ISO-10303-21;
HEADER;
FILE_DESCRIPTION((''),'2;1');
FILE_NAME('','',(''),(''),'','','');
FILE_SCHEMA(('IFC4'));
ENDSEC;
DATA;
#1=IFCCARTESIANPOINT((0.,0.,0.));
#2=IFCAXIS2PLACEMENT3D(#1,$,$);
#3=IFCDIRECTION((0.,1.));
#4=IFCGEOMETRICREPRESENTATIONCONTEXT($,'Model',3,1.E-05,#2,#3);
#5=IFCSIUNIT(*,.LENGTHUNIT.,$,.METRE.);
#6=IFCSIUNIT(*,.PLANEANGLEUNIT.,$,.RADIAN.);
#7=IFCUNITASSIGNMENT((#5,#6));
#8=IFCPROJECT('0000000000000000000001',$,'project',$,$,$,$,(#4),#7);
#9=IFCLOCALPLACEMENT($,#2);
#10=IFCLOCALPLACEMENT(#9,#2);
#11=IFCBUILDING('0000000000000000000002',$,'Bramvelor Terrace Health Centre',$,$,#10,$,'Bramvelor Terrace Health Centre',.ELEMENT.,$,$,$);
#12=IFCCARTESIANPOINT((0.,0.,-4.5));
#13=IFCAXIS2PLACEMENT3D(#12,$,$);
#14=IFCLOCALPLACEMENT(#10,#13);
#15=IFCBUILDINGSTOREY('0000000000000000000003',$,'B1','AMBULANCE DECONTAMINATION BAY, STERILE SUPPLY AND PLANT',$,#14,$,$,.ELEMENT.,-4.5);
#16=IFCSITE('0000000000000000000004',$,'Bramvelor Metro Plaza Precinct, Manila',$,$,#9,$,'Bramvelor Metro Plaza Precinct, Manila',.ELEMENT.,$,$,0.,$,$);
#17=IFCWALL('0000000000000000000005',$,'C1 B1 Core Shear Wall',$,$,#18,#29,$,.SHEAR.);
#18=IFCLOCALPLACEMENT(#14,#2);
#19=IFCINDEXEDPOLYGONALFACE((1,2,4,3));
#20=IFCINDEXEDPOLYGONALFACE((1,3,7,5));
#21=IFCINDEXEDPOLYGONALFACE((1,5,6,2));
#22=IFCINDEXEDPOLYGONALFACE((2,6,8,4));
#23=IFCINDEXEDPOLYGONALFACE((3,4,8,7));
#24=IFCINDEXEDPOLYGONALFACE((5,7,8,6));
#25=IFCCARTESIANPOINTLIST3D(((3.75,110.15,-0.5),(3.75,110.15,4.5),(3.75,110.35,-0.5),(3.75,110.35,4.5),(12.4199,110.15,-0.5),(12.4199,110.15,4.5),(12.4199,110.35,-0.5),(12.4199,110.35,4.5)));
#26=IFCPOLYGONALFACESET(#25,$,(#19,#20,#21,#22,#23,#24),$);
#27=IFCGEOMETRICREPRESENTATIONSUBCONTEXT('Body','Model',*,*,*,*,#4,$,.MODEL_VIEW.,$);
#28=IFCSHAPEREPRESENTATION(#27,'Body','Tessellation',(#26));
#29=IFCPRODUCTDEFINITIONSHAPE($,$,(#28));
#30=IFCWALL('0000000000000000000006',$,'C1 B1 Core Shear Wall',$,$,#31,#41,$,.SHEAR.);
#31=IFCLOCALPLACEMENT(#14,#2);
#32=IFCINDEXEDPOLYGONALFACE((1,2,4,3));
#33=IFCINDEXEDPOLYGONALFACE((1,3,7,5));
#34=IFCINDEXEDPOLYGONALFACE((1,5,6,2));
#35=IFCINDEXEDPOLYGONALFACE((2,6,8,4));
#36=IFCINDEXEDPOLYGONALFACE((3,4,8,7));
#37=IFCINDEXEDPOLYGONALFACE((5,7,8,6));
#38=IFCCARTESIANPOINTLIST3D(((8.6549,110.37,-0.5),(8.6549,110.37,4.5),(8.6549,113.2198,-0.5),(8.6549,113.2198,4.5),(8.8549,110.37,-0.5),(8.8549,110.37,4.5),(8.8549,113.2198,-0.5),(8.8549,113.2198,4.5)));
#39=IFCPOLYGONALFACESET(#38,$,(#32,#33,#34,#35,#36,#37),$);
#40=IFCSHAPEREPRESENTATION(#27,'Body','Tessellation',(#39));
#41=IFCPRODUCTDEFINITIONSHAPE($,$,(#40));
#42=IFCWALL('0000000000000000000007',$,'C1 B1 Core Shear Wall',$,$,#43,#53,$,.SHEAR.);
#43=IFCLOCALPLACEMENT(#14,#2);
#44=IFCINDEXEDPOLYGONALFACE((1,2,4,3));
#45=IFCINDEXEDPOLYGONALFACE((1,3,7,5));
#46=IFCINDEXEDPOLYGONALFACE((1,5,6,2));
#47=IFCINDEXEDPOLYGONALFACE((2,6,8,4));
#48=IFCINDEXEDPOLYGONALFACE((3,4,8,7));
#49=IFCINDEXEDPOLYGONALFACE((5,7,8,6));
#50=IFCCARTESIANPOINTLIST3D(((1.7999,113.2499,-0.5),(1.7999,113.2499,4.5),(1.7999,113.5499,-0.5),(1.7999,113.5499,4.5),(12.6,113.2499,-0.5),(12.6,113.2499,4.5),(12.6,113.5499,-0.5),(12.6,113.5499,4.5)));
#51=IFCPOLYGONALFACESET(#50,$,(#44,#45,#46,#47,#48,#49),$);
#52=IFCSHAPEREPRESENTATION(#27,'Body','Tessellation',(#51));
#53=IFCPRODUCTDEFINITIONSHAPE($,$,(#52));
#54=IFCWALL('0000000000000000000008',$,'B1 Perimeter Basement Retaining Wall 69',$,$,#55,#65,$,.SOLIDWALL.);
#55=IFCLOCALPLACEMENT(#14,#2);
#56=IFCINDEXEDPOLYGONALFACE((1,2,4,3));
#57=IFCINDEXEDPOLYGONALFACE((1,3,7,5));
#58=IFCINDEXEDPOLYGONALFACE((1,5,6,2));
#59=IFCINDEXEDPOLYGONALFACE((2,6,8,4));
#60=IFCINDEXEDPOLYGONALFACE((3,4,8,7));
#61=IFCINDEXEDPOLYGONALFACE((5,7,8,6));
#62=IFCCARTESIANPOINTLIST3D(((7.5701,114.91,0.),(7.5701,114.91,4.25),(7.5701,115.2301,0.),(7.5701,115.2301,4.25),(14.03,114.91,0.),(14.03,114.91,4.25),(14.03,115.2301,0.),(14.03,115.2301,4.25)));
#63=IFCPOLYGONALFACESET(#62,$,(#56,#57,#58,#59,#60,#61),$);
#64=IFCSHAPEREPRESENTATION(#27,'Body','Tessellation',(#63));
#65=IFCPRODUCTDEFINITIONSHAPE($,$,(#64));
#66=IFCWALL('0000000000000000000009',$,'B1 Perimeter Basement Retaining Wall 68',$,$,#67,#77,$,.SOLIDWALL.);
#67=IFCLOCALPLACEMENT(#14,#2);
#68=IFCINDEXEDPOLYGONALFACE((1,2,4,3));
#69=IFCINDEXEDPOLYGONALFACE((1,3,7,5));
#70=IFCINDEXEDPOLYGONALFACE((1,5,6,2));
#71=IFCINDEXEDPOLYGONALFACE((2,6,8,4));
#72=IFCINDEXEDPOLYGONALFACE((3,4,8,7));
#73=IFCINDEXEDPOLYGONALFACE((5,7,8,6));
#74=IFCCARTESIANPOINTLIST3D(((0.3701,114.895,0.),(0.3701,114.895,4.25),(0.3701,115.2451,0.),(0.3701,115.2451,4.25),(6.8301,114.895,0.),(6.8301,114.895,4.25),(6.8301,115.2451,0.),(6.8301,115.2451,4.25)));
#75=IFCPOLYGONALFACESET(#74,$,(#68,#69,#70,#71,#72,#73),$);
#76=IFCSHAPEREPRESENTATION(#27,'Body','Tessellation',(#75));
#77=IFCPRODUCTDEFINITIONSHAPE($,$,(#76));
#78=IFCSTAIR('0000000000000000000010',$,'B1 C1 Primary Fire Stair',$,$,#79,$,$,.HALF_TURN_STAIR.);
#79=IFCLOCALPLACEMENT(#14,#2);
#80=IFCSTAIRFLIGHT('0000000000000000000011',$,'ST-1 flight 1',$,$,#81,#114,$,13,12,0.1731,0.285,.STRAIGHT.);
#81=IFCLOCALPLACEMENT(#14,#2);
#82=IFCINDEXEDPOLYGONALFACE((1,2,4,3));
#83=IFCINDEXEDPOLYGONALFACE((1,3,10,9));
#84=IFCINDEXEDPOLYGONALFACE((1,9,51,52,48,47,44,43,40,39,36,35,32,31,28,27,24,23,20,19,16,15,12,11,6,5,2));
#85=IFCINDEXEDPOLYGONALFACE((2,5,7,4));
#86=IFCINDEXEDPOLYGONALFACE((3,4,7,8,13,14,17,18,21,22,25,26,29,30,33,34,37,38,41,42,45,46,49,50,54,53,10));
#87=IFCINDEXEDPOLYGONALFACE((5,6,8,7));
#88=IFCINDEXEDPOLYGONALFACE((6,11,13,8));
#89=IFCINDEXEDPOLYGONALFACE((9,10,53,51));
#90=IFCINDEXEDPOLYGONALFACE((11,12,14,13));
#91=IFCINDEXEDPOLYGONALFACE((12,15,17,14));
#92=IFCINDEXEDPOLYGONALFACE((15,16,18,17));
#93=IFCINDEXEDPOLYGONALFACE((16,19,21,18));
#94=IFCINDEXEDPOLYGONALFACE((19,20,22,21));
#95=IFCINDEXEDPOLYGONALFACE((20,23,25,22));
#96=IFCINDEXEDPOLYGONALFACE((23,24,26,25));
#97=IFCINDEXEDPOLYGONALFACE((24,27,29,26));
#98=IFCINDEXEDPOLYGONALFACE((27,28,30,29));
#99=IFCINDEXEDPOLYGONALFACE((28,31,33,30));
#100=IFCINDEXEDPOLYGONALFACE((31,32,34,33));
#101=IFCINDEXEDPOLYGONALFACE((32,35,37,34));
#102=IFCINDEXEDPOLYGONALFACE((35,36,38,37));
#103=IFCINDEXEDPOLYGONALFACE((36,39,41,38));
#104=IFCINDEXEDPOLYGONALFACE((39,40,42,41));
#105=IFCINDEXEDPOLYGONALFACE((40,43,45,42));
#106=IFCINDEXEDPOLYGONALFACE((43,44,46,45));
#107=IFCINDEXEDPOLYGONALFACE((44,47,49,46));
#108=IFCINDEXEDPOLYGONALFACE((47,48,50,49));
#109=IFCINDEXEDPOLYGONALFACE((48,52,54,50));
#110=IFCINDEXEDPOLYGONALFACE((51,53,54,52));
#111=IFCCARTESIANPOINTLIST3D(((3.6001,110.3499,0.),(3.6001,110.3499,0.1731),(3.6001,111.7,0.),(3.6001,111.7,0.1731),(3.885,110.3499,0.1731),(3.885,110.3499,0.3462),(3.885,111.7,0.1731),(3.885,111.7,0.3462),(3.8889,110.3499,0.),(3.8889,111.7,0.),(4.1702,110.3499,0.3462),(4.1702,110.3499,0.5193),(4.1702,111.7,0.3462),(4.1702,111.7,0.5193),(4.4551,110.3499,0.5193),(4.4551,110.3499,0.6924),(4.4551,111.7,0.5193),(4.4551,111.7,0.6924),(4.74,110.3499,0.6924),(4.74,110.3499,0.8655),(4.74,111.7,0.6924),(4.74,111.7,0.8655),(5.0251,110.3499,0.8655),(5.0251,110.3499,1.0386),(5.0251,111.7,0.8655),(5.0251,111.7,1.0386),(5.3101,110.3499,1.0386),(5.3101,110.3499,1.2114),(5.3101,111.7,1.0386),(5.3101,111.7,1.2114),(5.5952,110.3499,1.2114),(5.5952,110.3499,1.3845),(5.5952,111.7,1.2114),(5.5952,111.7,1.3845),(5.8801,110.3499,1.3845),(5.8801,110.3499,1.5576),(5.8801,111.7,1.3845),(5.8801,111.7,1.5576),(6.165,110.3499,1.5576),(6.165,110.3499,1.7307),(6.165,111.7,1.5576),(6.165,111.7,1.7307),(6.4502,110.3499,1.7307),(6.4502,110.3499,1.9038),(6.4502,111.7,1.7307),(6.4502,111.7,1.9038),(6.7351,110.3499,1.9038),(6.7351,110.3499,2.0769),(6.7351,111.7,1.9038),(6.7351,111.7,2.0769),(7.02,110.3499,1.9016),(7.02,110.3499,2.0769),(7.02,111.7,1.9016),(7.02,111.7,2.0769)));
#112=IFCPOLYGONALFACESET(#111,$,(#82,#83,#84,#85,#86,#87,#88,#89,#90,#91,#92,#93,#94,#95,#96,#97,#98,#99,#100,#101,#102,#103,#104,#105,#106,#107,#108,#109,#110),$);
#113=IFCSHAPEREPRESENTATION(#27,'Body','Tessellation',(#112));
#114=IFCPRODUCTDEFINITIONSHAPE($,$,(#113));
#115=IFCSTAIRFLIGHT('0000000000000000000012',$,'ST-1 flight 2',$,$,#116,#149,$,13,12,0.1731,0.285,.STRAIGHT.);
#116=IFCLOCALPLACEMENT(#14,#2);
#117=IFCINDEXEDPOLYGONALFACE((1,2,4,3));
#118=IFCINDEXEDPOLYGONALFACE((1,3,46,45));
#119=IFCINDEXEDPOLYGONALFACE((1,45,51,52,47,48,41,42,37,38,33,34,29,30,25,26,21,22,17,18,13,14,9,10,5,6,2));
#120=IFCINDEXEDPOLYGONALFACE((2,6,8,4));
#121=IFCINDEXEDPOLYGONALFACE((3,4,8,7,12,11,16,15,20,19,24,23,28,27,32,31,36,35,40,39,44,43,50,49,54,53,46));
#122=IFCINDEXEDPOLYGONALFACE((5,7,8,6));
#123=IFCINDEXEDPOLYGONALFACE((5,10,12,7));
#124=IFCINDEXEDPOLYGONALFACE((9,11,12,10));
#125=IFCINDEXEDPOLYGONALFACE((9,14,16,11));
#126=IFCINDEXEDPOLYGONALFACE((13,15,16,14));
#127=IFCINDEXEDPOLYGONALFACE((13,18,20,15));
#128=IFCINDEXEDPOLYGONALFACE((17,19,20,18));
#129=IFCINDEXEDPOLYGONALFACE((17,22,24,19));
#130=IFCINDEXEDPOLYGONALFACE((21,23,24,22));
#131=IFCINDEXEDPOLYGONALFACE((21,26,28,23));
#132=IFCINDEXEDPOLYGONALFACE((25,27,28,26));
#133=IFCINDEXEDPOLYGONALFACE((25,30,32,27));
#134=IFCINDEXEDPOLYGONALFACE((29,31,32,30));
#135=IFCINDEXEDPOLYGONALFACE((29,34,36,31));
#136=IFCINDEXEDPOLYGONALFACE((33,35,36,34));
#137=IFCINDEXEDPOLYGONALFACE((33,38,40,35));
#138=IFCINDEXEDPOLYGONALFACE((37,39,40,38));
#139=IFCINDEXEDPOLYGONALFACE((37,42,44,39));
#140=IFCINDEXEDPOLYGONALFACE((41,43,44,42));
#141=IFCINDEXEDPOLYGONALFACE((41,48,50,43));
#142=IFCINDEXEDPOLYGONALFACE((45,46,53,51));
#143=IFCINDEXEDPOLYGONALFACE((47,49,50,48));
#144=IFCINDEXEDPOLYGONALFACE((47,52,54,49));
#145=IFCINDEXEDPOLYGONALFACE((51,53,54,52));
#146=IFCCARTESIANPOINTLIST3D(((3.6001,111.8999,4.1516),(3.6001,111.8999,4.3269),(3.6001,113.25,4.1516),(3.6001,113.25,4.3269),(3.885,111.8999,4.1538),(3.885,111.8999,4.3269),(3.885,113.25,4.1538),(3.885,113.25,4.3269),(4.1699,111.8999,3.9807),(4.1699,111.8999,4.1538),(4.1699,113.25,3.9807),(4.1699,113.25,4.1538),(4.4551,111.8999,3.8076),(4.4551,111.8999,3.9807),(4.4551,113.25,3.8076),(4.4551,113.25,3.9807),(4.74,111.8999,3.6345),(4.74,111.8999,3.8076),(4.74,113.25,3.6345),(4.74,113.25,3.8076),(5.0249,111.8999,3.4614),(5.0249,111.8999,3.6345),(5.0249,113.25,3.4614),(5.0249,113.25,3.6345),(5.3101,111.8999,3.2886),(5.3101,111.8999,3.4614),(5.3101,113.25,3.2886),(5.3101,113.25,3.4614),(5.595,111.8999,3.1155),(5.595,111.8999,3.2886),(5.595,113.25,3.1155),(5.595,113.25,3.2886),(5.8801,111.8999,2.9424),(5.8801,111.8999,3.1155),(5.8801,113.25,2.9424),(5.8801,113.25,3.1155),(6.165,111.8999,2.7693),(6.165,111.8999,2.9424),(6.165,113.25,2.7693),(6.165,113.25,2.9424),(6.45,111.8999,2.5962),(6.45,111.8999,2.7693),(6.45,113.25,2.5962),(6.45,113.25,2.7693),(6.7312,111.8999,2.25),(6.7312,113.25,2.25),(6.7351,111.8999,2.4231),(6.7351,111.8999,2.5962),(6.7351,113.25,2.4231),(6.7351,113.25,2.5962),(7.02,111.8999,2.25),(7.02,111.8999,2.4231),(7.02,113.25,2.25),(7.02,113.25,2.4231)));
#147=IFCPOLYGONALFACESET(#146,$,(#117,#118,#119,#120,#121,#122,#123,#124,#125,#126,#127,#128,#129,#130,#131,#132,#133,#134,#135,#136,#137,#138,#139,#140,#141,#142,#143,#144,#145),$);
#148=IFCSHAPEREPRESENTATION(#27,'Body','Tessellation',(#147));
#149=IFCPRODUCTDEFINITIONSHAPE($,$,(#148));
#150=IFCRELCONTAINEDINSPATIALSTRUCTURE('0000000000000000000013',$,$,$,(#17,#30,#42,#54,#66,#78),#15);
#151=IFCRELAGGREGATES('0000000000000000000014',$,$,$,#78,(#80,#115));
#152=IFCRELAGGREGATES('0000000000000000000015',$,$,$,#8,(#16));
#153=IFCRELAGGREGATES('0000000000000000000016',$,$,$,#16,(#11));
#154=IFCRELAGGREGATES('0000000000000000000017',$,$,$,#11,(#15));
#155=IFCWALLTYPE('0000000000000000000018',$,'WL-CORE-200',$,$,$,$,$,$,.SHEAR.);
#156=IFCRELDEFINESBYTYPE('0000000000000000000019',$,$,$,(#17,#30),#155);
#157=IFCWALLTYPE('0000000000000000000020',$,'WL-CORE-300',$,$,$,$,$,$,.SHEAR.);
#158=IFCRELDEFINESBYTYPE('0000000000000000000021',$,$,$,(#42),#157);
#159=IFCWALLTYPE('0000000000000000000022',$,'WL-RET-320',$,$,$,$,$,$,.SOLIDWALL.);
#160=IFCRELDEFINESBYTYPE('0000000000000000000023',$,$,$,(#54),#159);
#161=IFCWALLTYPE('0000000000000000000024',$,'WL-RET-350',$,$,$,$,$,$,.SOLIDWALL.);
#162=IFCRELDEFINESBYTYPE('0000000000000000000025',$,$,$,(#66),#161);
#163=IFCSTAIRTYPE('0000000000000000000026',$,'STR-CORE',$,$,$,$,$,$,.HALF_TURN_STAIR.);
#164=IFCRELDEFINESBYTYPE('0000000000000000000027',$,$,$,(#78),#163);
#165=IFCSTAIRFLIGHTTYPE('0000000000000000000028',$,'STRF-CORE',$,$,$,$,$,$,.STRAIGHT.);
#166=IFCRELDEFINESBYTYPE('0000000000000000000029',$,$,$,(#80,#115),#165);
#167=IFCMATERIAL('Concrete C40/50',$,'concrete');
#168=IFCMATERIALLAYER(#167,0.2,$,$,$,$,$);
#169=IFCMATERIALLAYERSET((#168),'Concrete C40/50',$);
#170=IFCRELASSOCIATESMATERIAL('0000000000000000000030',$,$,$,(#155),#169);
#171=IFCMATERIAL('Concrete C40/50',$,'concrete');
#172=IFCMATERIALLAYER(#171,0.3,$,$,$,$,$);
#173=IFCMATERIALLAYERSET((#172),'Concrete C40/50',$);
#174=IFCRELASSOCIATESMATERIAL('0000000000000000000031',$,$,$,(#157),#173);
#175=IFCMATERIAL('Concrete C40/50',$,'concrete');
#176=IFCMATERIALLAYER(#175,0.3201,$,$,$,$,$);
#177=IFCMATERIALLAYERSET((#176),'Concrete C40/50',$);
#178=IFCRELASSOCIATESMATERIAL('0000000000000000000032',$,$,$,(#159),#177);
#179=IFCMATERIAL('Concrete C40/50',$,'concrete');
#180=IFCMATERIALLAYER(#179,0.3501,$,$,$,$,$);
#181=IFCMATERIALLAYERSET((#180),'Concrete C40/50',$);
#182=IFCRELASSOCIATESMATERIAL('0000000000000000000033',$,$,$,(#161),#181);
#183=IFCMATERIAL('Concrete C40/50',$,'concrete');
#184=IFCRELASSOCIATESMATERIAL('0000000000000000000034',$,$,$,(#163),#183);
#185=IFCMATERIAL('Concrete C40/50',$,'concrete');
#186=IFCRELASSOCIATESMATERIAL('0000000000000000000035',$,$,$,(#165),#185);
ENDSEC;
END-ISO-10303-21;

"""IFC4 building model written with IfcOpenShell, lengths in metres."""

from ifc_helpers import new_model, si_unit, direction, frame, frame_2d, origin, place, context, subcontext, project, spatial, polyline, rectangle, outline, extrude, material, layer, layer_set, type_object, element, aggregate, save


model = new_model("IFC4")

# Units and contexts
model_context = context("Model", 3, precision=1e-05, world=origin(), true_north=direction((0.0, 1.0)))
body_context = subcontext(model_context, "Body", "Model", "MODEL_VIEW")
ifc_project = project(units=[si_unit("LENGTHUNIT", "METRE"), si_unit("PLANEANGLEUNIT", "RADIAN")], contexts=[model_context])

# Site, building, storey
site_placement = place(None, origin())
site = spatial("IfcSite", under=ifc_project, at=site_placement, Name="Bramvelor Metro Plaza Precinct, Manila", LongName="Bramvelor Metro Plaza Precinct, Manila", CompositionType="ELEMENT", RefElevation=0.0)
building_placement = place(site_placement, origin())
building = spatial("IfcBuilding", under=site, at=building_placement, Name="Bramvelor Terrace Health Centre", LongName="Bramvelor Terrace Health Centre", CompositionType="ELEMENT")
storey_placement = place(building_placement, frame((0.0, 0.0, -4.5)))
storey = spatial("IfcBuildingStorey", under=building, at=storey_placement, Name="B1", Description="AMBULANCE DECONTAMINATION BAY, STERILE SUPPLY AND PLANT", CompositionType="ELEMENT", Elevation=-4.5)

# Walls
ifc_material_1 = material(Name="Concrete C40/50", Category="concrete")
ifc_layer_1 = layer(ifc_material_1, 0.2)
ifc_layer_set_1 = layer_set([ifc_layer_1], Name="Concrete C40/50")
wall_type_1 = type_object("IfcWallType", Name="WL-CORE-200", PredefinedType="SHEAR", material=ifc_layer_set_1)
wall_1_placement = place(storey_placement, frame((3.75, 110.25, -0.5), z_axis=(0.0, 0.0, 1.0), x_axis=(1.0, 0.0, 0.0)))
element("IfcWall", 1, at=wall_1_placement, inside=storey, type_object=wall_type_1, Name="C1 B1 Core Shear Wall", PredefinedType="SHEAR", context=body_context, shape_type="SweptSolid", body=[
    extrude(rectangle(XDim=8.6699, YDim=0.2, at=frame_2d((4.335, 0.0))), origin(), (0.0, 0.0, 1.0), 5.0),
])
wall_2_placement = place(storey_placement, frame((8.7549, 110.3701, -0.5), z_axis=(0.0, 0.0, 1.0), x_axis=(0.0, 1.0, 0.0)))
element("IfcWall", 2, at=wall_2_placement, inside=storey, type_object=wall_type_1, Name="C1 B1 Core Shear Wall", PredefinedType="SHEAR", context=body_context, shape_type="SweptSolid", body=[
    extrude(rectangle(XDim=2.8499, YDim=0.2, at=frame_2d((1.4248, 0.0))), origin(), (0.0, 0.0, 1.0), 5.0),
])
ifc_material_2 = material(Name="Concrete C40/50", Category="concrete")
ifc_layer_2 = layer(ifc_material_2, 0.3)
ifc_layer_set_2 = layer_set([ifc_layer_2], Name="Concrete C40/50")
wall_type_2 = type_object("IfcWallType", Name="WL-CORE-300", PredefinedType="SHEAR", material=ifc_layer_set_2)
wall_3_placement = place(storey_placement, frame((1.8, 113.3999, -0.5), z_axis=(0.0, 0.0, 1.0), x_axis=(1.0, 0.0, 0.0)))
element("IfcWall", 3, at=wall_3_placement, inside=storey, type_object=wall_type_2, Name="C1 B1 Core Shear Wall", PredefinedType="SHEAR", context=body_context, shape_type="SweptSolid", body=[
    extrude(rectangle(XDim=10.8, YDim=0.3, at=frame_2d((5.3999, 0.0))), origin(), (0.0, 0.0, 1.0), 5.0),
])
ifc_material_3 = material(Name="Concrete C40/50", Category="concrete")
ifc_layer_3 = layer(ifc_material_3, 0.3201)
ifc_layer_set_3 = layer_set([ifc_layer_3], Name="Concrete C40/50")
wall_type_3 = type_object("IfcWallType", Name="WL-RET-320", PredefinedType="SOLIDWALL", material=ifc_layer_set_3)
wall_4_placement = place(storey_placement, frame((7.5701, 115.0701, 0.0), z_axis=(0.0, 0.0, 1.0), x_axis=(1.0, 0.0, 0.0)))
element("IfcWall", 4, at=wall_4_placement, inside=storey, type_object=wall_type_3, Name="B1 Perimeter Basement Retaining Wall 69", PredefinedType="SOLIDWALL", context=body_context, shape_type="SweptSolid", body=[
    extrude(rectangle(XDim=6.46, YDim=0.3201, at=frame_2d((3.23, 0.0))), origin(), (0.0, 0.0, 1.0), 4.25),
])
ifc_material_4 = material(Name="Concrete C40/50", Category="concrete")
ifc_layer_4 = layer(ifc_material_4, 0.3501)
ifc_layer_set_4 = layer_set([ifc_layer_4], Name="Concrete C40/50")
wall_type_4 = type_object("IfcWallType", Name="WL-RET-350", PredefinedType="SOLIDWALL", material=ifc_layer_set_4)
wall_5_placement = place(storey_placement, frame((0.3701, 115.0701, 0.0), z_axis=(0.0, 0.0, 1.0), x_axis=(1.0, 0.0, 0.0)))
element("IfcWall", 5, at=wall_5_placement, inside=storey, type_object=wall_type_4, Name="B1 Perimeter Basement Retaining Wall 68", PredefinedType="SOLIDWALL", context=body_context, shape_type="SweptSolid", body=[
    extrude(rectangle(XDim=6.46, YDim=0.3501, at=frame_2d((3.23, 0.0))), origin(), (0.0, 0.0, 1.0), 4.25),
])

# Stair, stair flights
ifc_material_5 = material(Name="Concrete C40/50", Category="concrete")
stair_type = type_object("IfcStairType", Name="STR-CORE", PredefinedType="HALF_TURN_STAIR", material=ifc_material_5)
stair_placement = place(storey_placement, origin())
stair = element("IfcStair", 6, at=stair_placement, inside=storey, type_object=stair_type, Name="B1 C1 Primary Fire Stair", PredefinedType="HALF_TURN_STAIR")
ifc_material_6 = material(Name="Concrete C40/50", Category="concrete")
stair_flight_type = type_object("IfcStairFlightType", Name="STRF-CORE", PredefinedType="STRAIGHT", material=ifc_material_6)
stair_flight_1_placement = place(storey_placement, frame((3.6001, 111.0249, 0.0), z_axis=(0.0, 0.0, 1.0), x_axis=(1.0, 0.0, 0.0)))
stair_flight_1 = element("IfcStairFlight", 7, at=stair_flight_1_placement, type_object=stair_flight_type, Name="ST-1 flight 1", NumberOfRisers=13, NumberOfTreads=12, PredefinedType="STRAIGHT", RiserHeight=0.1731, TreadLength=0.285, context=body_context, shape_type="SweptSolid", body=[
    extrude(outline(polyline([(0.0, 0.0), (0.0, 0.1731), (0.2849, 0.1731), (0.2849, 0.3462), (0.5701, 0.3462), (0.5701, 0.5193), (0.855, 0.5193), (0.855, 0.6924), (1.1399, 0.6924), (1.1399, 0.8655), (1.425, 0.8655), (1.425, 1.0386), (1.71, 1.0386), (1.71, 1.2114), (1.9951, 1.2114), (1.9951, 1.3845), (2.28, 1.3845), (2.28, 1.5576), (2.5649, 1.5576), (2.5649, 1.7307), (2.8501, 1.7307), (2.8501, 1.9038), (3.135, 1.9038), (3.135, 2.0769), (3.4199, 2.0769), (3.4199, 2.25), (3.4199, 1.9016), (0.2888, 0.0), (0.0, 0.0)])), frame((0.0, 0.675, 0.0), z_axis=(0.0, -1.0, 0.0), x_axis=(1.0, 0.0, 0.0)), (0.0, 0.0, 1.0), 1.3501),
])
stair_flight_2_placement = place(storey_placement, frame((7.02, 112.575, 2.25), z_axis=(0.0, 0.0, 1.0), x_axis=(-1.0, 0.0, 0.0)))
stair_flight_2 = element("IfcStairFlight", 8, at=stair_flight_2_placement, type_object=stair_flight_type, Name="ST-1 flight 2", NumberOfRisers=13, NumberOfTreads=12, PredefinedType="STRAIGHT", RiserHeight=0.1731, TreadLength=0.285, context=body_context, shape_type="SweptSolid", body=[
    extrude(outline(polyline([(0.0, 0.0), (0.0, 0.1731), (0.2849, 0.1731), (0.2849, 0.3462), (0.5701, 0.3462), (0.5701, 0.5193), (0.855, 0.5193), (0.855, 0.6924), (1.1399, 0.6924), (1.1399, 0.8655), (1.425, 0.8655), (1.425, 1.0386), (1.71, 1.0386), (1.71, 1.2114), (1.9951, 1.2114), (1.9951, 1.3845), (2.28, 1.3845), (2.28, 1.5576), (2.5649, 1.5576), (2.5649, 1.7307), (2.8501, 1.7307), (2.8501, 1.9038), (3.135, 1.9038), (3.135, 2.0769), (3.4199, 2.0769), (3.4199, 2.25), (3.4199, 1.9016), (0.2888, 0.0), (0.0, 0.0)])), frame((0.0, 0.675, 0.0), z_axis=(0.0, -1.0, 0.0), x_axis=(1.0, 0.0, 0.0)), (0.0, 0.0, 1.0), 1.3501),
])
aggregate(stair, [stair_flight_1, stair_flight_2])

save(model, "model.ifc")
